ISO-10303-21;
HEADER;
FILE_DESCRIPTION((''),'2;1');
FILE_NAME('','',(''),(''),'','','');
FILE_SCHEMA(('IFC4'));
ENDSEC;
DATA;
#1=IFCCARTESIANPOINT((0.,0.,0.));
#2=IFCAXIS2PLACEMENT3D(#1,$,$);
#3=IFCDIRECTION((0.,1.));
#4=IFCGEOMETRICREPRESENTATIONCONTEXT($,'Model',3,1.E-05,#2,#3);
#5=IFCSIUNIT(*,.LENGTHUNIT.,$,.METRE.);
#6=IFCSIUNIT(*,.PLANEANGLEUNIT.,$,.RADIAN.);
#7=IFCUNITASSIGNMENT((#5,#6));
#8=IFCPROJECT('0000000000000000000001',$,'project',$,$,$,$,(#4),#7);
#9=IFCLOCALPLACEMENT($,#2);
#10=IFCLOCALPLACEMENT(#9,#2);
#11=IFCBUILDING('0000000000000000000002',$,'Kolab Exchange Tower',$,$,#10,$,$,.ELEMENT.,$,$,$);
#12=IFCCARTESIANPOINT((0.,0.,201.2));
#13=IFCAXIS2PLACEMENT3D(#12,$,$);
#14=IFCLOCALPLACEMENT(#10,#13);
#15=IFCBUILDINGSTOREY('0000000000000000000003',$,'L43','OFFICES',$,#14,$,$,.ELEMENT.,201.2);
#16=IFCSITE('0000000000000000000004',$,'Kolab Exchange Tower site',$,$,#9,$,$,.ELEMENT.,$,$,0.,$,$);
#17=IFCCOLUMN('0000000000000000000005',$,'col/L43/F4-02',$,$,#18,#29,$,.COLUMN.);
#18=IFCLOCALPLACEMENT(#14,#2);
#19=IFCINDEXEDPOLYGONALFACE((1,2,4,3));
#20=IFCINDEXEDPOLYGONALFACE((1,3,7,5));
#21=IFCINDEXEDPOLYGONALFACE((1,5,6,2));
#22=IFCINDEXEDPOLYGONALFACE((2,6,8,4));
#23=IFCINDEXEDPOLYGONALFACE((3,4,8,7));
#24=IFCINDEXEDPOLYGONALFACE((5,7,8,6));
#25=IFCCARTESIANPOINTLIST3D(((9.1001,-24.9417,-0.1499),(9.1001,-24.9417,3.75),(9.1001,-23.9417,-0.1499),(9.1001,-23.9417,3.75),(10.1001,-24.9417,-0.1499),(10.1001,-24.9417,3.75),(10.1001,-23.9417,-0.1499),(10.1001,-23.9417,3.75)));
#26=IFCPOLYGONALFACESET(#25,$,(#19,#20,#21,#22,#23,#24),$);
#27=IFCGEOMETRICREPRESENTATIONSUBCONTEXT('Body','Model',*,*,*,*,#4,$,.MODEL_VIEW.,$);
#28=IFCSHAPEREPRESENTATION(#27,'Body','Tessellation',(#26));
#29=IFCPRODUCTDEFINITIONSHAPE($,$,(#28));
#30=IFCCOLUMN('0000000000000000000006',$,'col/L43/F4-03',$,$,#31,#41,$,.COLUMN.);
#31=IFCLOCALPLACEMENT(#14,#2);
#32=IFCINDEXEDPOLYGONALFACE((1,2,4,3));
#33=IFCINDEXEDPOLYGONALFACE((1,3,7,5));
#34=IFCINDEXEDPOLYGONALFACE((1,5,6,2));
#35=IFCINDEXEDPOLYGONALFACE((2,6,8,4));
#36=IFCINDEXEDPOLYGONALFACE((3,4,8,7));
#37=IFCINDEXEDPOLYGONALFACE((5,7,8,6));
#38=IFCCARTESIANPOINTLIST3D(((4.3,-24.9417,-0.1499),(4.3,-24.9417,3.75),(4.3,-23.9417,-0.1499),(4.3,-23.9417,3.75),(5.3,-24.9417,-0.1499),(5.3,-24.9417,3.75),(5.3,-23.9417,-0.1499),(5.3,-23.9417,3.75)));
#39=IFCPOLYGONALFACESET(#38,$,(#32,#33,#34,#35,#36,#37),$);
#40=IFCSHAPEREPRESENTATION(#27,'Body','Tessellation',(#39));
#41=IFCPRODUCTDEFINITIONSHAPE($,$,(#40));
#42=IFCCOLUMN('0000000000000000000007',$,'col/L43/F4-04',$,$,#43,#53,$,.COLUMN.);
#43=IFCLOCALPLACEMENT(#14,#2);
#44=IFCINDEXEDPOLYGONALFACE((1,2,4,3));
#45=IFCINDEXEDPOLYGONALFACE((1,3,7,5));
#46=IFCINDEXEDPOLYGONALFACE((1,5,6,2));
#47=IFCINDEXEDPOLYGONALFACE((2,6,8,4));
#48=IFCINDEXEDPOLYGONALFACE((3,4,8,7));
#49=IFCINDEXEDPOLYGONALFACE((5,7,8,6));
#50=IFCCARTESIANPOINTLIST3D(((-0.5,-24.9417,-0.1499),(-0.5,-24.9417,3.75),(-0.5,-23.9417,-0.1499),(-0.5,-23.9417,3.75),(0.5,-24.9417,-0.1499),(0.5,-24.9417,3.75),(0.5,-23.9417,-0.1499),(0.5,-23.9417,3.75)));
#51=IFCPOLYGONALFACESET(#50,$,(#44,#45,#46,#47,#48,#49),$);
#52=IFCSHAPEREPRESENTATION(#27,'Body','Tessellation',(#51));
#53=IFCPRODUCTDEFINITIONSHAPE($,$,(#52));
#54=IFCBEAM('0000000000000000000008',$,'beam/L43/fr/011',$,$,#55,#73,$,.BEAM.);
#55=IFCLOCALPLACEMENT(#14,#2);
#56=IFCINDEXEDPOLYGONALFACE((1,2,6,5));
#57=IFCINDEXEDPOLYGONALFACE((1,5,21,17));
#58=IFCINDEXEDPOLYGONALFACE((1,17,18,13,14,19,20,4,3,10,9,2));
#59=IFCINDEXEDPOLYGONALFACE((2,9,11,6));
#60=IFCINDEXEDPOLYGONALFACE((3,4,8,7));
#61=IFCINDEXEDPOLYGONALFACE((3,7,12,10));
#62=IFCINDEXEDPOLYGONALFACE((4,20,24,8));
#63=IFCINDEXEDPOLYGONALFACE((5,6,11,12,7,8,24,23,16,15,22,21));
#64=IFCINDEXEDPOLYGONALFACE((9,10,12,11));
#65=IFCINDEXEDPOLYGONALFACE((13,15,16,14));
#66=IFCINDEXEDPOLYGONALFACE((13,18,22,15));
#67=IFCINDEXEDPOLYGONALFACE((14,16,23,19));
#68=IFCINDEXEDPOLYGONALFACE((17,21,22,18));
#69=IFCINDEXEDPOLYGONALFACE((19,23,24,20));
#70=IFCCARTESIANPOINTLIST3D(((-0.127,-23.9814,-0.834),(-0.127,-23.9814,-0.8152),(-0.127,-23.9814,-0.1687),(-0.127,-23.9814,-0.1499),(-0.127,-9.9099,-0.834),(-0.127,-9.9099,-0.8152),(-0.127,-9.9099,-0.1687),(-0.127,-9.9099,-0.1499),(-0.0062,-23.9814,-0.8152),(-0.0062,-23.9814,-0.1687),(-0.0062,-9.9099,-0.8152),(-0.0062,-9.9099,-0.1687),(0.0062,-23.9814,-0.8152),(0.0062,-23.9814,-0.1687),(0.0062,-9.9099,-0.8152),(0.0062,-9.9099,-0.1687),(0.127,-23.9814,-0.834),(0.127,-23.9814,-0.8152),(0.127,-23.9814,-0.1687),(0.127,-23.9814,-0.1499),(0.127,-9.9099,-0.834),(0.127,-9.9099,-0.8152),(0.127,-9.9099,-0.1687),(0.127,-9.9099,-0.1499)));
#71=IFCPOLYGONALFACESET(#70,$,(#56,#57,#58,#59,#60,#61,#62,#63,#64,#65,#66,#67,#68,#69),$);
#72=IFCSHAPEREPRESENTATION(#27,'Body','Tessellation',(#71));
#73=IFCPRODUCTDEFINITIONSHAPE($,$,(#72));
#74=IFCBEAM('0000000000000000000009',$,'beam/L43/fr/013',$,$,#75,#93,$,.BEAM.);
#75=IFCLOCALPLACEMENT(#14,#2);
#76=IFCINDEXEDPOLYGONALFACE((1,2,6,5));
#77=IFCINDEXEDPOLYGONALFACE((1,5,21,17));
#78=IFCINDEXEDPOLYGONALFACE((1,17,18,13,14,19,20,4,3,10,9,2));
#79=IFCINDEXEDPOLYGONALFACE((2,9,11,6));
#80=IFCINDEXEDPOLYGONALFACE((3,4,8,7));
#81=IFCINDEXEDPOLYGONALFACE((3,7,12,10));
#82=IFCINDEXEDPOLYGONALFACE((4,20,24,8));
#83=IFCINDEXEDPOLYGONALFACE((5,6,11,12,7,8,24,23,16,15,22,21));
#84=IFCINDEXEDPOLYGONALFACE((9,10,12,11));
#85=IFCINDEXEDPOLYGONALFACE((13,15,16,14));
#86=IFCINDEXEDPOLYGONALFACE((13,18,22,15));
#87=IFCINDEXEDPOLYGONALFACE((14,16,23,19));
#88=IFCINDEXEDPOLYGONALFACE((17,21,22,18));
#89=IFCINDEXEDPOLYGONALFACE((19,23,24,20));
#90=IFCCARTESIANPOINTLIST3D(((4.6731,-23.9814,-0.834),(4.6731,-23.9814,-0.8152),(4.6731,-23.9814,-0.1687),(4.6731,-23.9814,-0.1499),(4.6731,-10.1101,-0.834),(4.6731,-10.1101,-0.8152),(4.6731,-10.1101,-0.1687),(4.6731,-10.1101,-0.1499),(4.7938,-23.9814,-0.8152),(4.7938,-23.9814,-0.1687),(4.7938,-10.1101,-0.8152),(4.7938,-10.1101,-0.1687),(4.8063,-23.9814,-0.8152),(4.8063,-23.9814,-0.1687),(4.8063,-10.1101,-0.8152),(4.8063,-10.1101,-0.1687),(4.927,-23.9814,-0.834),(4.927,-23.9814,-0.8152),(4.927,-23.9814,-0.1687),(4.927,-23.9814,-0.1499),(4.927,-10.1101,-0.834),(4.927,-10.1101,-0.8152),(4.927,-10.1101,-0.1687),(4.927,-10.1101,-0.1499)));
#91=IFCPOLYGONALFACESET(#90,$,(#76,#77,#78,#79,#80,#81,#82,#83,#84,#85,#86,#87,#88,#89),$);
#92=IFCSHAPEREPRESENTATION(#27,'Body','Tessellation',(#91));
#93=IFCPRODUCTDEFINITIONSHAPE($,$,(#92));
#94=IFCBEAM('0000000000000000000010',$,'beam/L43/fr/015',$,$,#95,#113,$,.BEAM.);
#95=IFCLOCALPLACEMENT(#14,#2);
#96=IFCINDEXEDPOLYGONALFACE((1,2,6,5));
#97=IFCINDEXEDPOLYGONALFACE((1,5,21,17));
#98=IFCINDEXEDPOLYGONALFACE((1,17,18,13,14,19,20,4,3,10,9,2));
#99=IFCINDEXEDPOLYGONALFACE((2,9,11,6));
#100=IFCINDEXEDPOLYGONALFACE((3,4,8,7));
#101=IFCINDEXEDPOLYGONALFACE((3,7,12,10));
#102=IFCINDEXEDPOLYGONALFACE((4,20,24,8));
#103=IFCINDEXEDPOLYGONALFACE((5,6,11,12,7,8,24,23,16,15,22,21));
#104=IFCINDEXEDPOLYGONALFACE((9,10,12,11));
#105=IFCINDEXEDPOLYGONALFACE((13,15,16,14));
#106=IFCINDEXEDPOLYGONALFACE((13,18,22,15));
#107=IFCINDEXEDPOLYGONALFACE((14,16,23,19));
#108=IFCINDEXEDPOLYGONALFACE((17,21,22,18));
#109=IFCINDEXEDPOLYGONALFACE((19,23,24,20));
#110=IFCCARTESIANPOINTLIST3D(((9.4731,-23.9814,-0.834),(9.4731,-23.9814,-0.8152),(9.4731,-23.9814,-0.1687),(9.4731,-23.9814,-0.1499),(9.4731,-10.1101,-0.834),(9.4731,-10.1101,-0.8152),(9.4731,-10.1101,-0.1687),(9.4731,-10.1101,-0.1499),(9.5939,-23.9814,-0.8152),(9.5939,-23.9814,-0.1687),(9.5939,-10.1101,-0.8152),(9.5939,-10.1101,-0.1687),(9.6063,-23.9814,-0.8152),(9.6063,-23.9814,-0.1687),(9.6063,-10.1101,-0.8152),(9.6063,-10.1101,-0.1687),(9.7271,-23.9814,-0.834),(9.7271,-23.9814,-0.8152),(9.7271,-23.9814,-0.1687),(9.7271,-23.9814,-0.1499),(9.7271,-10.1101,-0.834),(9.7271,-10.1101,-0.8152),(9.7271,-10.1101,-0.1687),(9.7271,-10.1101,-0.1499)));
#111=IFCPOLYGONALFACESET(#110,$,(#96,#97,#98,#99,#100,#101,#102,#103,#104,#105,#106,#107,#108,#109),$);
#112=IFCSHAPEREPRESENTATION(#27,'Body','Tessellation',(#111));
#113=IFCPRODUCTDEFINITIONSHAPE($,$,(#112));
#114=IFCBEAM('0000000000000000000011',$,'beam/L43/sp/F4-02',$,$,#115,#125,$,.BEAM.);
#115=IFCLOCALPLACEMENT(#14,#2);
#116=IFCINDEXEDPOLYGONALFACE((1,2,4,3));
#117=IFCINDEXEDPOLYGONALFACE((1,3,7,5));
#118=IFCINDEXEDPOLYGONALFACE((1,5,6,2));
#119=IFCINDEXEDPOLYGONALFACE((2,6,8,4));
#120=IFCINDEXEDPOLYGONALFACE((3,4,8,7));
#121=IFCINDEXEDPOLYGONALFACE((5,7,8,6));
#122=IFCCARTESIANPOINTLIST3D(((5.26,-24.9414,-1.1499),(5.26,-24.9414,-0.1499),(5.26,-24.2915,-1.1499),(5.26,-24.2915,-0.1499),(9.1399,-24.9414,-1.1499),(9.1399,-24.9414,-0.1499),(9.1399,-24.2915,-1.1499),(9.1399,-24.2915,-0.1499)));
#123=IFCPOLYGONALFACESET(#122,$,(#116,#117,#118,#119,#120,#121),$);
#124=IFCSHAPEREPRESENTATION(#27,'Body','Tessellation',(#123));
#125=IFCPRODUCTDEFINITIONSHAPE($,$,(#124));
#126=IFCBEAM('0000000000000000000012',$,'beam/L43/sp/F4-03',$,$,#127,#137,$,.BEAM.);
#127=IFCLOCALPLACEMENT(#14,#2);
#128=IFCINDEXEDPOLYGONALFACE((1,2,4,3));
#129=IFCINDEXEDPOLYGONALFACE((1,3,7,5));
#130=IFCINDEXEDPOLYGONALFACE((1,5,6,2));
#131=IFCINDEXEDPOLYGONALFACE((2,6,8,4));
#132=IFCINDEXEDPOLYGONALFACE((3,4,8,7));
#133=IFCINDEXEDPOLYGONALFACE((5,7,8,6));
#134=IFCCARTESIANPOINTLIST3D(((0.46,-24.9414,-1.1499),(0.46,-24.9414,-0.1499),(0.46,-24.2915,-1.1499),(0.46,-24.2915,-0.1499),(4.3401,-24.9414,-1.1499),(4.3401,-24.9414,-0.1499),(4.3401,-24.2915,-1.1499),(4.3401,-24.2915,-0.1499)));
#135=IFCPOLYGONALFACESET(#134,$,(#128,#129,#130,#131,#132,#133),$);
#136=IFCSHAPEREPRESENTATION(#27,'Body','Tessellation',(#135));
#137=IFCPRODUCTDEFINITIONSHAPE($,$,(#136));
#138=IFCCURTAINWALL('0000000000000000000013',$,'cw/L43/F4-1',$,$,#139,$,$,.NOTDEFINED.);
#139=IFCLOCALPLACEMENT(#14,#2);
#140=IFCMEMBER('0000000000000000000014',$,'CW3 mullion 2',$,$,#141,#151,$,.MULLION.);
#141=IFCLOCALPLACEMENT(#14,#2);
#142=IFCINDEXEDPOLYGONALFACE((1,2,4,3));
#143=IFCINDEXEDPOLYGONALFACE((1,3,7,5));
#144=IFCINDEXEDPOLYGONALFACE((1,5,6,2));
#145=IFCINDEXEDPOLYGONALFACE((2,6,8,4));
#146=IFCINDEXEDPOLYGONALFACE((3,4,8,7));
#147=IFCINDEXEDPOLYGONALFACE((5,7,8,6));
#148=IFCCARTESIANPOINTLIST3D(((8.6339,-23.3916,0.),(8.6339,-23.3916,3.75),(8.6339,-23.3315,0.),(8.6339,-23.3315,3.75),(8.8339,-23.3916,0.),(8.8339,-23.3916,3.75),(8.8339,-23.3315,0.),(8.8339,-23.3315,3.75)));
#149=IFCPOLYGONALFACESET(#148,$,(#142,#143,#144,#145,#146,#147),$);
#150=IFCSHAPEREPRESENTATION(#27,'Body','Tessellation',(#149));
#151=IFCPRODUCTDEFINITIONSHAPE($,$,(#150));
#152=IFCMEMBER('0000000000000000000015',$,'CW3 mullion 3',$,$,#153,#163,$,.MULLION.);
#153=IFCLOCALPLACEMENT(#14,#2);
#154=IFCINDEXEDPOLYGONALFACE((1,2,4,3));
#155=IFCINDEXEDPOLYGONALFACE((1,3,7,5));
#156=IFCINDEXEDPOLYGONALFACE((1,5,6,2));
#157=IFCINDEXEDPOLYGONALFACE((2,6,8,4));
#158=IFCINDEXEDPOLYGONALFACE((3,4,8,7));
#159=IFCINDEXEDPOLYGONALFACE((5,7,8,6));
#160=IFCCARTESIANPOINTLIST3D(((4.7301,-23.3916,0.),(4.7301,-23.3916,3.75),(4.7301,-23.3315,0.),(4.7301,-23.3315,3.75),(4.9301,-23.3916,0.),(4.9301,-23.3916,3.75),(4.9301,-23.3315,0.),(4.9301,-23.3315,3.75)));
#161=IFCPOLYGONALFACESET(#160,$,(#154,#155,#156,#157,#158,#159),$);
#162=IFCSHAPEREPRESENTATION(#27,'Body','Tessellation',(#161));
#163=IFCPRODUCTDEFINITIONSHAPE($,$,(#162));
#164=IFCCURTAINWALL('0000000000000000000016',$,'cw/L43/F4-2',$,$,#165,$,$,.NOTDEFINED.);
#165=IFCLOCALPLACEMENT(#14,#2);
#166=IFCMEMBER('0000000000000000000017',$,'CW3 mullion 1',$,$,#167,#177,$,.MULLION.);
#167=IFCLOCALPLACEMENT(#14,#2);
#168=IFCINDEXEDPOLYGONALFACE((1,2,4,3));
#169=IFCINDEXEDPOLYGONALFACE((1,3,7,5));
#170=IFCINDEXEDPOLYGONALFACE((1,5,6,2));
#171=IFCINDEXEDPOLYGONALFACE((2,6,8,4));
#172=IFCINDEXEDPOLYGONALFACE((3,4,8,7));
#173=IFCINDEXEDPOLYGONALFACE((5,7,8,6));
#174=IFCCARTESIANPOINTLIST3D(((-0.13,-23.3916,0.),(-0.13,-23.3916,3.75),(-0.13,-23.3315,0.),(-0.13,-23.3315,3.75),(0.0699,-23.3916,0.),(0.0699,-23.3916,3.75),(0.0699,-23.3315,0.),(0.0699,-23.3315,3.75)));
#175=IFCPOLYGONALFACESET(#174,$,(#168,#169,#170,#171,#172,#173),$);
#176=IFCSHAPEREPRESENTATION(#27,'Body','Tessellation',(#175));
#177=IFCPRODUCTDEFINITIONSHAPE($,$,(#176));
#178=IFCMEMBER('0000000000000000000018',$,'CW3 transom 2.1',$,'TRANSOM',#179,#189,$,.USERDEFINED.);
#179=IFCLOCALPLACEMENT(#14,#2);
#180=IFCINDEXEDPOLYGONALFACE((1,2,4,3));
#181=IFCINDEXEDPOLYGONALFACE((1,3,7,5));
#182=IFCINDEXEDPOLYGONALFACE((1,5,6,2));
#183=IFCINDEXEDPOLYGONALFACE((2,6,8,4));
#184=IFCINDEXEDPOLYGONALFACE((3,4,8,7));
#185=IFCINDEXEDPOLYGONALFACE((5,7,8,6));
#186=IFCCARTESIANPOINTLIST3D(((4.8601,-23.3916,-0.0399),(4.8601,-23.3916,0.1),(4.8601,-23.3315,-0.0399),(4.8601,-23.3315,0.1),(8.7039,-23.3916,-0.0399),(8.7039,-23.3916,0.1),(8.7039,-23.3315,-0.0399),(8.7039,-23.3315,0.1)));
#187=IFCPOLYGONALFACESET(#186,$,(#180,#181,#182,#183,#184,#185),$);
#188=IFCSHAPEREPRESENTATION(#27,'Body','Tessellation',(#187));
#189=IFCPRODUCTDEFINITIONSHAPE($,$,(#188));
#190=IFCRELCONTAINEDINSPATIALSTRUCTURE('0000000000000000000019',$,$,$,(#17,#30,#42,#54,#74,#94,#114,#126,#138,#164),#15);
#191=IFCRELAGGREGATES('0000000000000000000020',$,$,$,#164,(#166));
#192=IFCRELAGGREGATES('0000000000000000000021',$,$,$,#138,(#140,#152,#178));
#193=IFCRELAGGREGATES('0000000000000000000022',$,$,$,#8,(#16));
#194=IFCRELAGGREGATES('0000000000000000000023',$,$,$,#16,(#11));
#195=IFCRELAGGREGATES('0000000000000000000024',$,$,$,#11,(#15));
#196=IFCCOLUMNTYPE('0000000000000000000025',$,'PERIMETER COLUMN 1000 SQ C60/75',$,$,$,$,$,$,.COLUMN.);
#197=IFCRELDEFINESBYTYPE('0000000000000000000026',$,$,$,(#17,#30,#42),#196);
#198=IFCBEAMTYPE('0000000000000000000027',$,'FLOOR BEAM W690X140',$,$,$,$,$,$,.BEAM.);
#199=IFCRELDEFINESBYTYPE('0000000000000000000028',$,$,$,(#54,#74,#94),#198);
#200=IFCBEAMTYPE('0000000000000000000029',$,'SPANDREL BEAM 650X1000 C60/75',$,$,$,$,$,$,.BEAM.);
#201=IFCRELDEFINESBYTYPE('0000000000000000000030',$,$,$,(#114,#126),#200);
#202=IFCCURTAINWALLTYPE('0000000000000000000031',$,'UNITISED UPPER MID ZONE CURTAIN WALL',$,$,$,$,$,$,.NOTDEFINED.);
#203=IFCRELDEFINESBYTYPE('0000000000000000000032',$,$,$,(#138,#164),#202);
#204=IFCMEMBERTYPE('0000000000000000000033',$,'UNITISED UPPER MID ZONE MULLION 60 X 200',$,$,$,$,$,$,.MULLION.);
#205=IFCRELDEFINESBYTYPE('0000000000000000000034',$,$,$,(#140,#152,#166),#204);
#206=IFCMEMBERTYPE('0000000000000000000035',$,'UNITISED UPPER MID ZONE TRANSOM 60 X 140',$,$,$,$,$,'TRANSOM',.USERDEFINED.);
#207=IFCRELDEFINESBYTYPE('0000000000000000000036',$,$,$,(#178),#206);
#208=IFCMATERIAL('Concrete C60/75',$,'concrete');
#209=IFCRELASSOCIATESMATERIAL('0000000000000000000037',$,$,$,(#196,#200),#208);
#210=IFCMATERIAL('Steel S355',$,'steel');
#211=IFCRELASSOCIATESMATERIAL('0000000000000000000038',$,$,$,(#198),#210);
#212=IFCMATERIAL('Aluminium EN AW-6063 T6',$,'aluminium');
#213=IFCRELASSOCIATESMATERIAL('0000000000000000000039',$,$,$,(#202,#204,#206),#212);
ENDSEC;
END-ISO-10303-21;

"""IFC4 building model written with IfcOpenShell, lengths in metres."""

from ifc_helpers import new_model, si_unit, direction, frame, origin, origin_2d, place, context, subcontext, project, spatial, rectangle, i_section, extrude, material, material_profile, profile_set, type_object, element, aggregate, save


model = new_model("IFC4")

# Units and contexts
model_context = context("Model", 3, precision=1e-05, world=origin(), true_north=direction((0.0, 1.0)))
body_context = subcontext(model_context, "Body", "Model", "MODEL_VIEW")
ifc_project = project(units=[si_unit("LENGTHUNIT", "METRE"), si_unit("PLANEANGLEUNIT", "RADIAN")], contexts=[model_context])

# Site, building, storey
site_placement = place(None, origin())
site = spatial("IfcSite", under=ifc_project, at=site_placement, Name="Kolab Exchange Tower site", CompositionType="ELEMENT", RefElevation=0.0)
building_placement = place(site_placement, origin())
building = spatial("IfcBuilding", under=site, at=building_placement, Name="Kolab Exchange Tower", CompositionType="ELEMENT")
storey_placement = place(building_placement, frame((0.0, 0.0, 201.2)))
storey = spatial("IfcBuildingStorey", under=building, at=storey_placement, Name="L43", Description="OFFICES", CompositionType="ELEMENT", Elevation=201.2)

# Columns
ifc_material_1 = material(Name="Concrete C60/75", Category="concrete")
ifc_material_profile_1 = material_profile(ifc_material_1, rectangle(XDim=1.0, YDim=1.0, at=origin_2d()), Name="RC1000")
ifc_profile_set_1 = profile_set([ifc_material_profile_1], Name="Concrete C60/75")
column_type = type_object("IfcColumnType", Name="PERIMETER COLUMN 1000 SQ C60/75", PredefinedType="COLUMN", material=ifc_profile_set_1)
for number, where, z_axis, x_axis, name in (
    (1, (9.6001, -24.4417, -0.1499), (0.0, 0.0, 1.0), (1.0, 0.0, 0.0), "col/L43/F4-02"),
    (2, (4.8, -24.4417, -0.1499), (0.0, 0.0, 1.0), (1.0, 0.0, 0.0), "col/L43/F4-03"),
    (3, (0.0, -24.4417, -0.1499), (0.0, 0.0, 1.0), (1.0, 0.0, 0.0), "col/L43/F4-04"),
):
    element("IfcColumn", number, at=place(storey_placement, frame(where, z_axis=z_axis, x_axis=x_axis)), inside=storey, type_object=column_type, Name=name, PredefinedType="COLUMN", context=body_context, shape_type="SweptSolid", body=[
        extrude(rectangle(XDim=1.0, YDim=1.0, at=origin_2d()), origin(), (0.0, 0.0, 1.0), 3.8999),
    ])

# Beams
ifc_material_2 = material(Name="Steel S355", Category="steel")
ifc_material_profile_2 = material_profile(ifc_material_2, i_section(OverallWidth=0.2539, OverallDepth=0.6841, WebThickness=0.0125, FlangeThickness=0.0188, at=origin_2d()), Name="W690X140")
ifc_profile_set_2 = profile_set([ifc_material_profile_2], Name="Steel S355")
beam_type_1 = type_object("IfcBeamType", Name="FLOOR BEAM W690X140", PredefinedType="BEAM", material=ifc_profile_set_2)
beam_1_placement = place(storey_placement, frame((0.0, -23.9814, -0.4919), z_axis=(0.0, 1.0, 0.0), x_axis=(-1.0, 0.0, 0.0)))
element("IfcBeam", 4, at=beam_1_placement, inside=storey, type_object=beam_type_1, Name="beam/L43/fr/011", PredefinedType="BEAM", context=body_context, shape_type="SweptSolid", body=[
    extrude(i_section(OverallWidth=0.2539, OverallDepth=0.6841, WebThickness=0.0125, FlangeThickness=0.0188, at=origin_2d()), origin(), (0.0, 0.0, 1.0), 14.0715),
])
for number, where, z_axis, x_axis, name in (
    (5, (4.8, -23.9814, -0.4919), (0.0, 1.0, 0.0), (-1.0, 0.0, 0.0), "beam/L43/fr/013"),
    (6, (9.6001, -23.9814, -0.4919), (0.0, 1.0, 0.0), (-1.0, 0.0, 0.0), "beam/L43/fr/015"),
):
    element("IfcBeam", number, at=place(storey_placement, frame(where, z_axis=z_axis, x_axis=x_axis)), inside=storey, type_object=beam_type_1, Name=name, PredefinedType="BEAM", context=body_context, shape_type="SweptSolid", body=[
        extrude(i_section(OverallWidth=0.2539, OverallDepth=0.6841, WebThickness=0.0125, FlangeThickness=0.0188, at=origin_2d()), origin(), (0.0, 0.0, 1.0), 13.8713),
    ])
ifc_material_profile_3 = material_profile(ifc_material_1, rectangle(XDim=0.6499, YDim=1.0, at=origin_2d()), Name="RC650X1000")
ifc_profile_set_3 = profile_set([ifc_material_profile_3], Name="Concrete C60/75")
beam_type_2 = type_object("IfcBeamType", Name="SPANDREL BEAM 650X1000 C60/75", PredefinedType="BEAM", material=ifc_profile_set_3)
beam_2_placement = place(storey_placement, frame((9.1399, -24.6165, -0.6499), z_axis=(-1.0, 0.0, 0.0), x_axis=(0.0, -1.0, 0.0)))
element("IfcBeam", 7, at=beam_2_placement, inside=storey, type_object=beam_type_2, Name="beam/L43/sp/F4-02", PredefinedType="BEAM", context=body_context, shape_type="SweptSolid", body=[
    extrude(rectangle(XDim=0.6499, YDim=1.0, at=origin_2d()), origin(), (0.0, 0.0, 1.0), 3.8799),
])
beam_3_placement = place(storey_placement, frame((4.3401, -24.6165, -0.6499), z_axis=(-1.0, 0.0, 0.0), x_axis=(0.0, -1.0, 0.0)))
element("IfcBeam", 8, at=beam_3_placement, inside=storey, type_object=beam_type_2, Name="beam/L43/sp/F4-03", PredefinedType="BEAM", context=body_context, shape_type="SweptSolid", body=[
    extrude(rectangle(XDim=0.6499, YDim=1.0, at=origin_2d()), origin(), (0.0, 0.0, 1.0), 3.8801),
])

# Curtain wall, members
ifc_material_3 = material(Name="Aluminium EN AW-6063 T6", Category="aluminium")
curtain_wall_type = type_object("IfcCurtainWallType", Name="UNITISED UPPER MID ZONE CURTAIN WALL", PredefinedType="NOTDEFINED", material=ifc_material_3)
curtain_wall_1_placement = place(storey_placement, origin())
curtain_wall_1 = element("IfcCurtainWall", 9, at=curtain_wall_1_placement, inside=storey, type_object=curtain_wall_type, Name="cw/L43/F4-1", PredefinedType="NOTDEFINED")
ifc_material_profile_4 = material_profile(ifc_material_3, rectangle(XDim=0.0601, YDim=0.2, at=origin_2d()), Name="RECT 60X200")
ifc_profile_set_4 = profile_set([ifc_material_profile_4], Name="Aluminium EN AW-6063 T6")
member_type_1 = type_object("IfcMemberType", Name="UNITISED UPPER MID ZONE MULLION 60 X 200", PredefinedType="MULLION", material=ifc_profile_set_4)
member_1_placement = place(storey_placement, frame((8.7339, -23.3616, 0.0), z_axis=(0.0, 0.0, 1.0), x_axis=(0.0, -1.0, 0.0)))
member_1 = element("IfcMember", 10, at=member_1_placement, type_object=member_type_1, Name="CW3 mullion 2", PredefinedType="MULLION", context=body_context, shape_type="SweptSolid", body=[
    extrude(rectangle(XDim=0.0601, YDim=0.2, at=origin_2d()), origin(), (0.0, 0.0, 1.0), 3.75),
])
member_2_placement = place(storey_placement, frame((4.8301, -23.3616, 0.0), z_axis=(0.0, 0.0, 1.0), x_axis=(0.0, -1.0, 0.0)))
member_2 = element("IfcMember", 11, at=member_2_placement, type_object=member_type_1, Name="CW3 mullion 3", PredefinedType="MULLION", context=body_context, shape_type="SweptSolid", body=[
    extrude(rectangle(XDim=0.0601, YDim=0.2, at=origin_2d()), origin(), (0.0, 0.0, 1.0), 3.75),
])

# Curtain wall, member
curtain_wall_2_placement = place(storey_placement, origin())
curtain_wall_2 = element("IfcCurtainWall", 12, at=curtain_wall_2_placement, inside=storey, type_object=curtain_wall_type, Name="cw/L43/F4-2", PredefinedType="NOTDEFINED")
member_3_placement = place(storey_placement, frame((-0.03, -23.3616, 0.0), z_axis=(0.0, 0.0, 1.0), x_axis=(0.0, -1.0, 0.0)))
member_3 = element("IfcMember", 13, at=member_3_placement, type_object=member_type_1, Name="CW3 mullion 1", PredefinedType="MULLION", context=body_context, shape_type="SweptSolid", body=[
    extrude(rectangle(XDim=0.0601, YDim=0.2, at=origin_2d()), origin(), (0.0, 0.0, 1.0), 3.75),
])

# Member
ifc_material_profile_5 = material_profile(ifc_material_3, rectangle(XDim=0.0601, YDim=0.1399, at=origin_2d()), Name="RECT 60X140")
ifc_profile_set_5 = profile_set([ifc_material_profile_5], Name="Aluminium EN AW-6063 T6")
member_type_2 = type_object("IfcMemberType", Name="UNITISED UPPER MID ZONE TRANSOM 60 X 140", ElementType="TRANSOM", PredefinedType="USERDEFINED", material=ifc_profile_set_5)
member_4_placement = place(storey_placement, frame((8.7039, -23.3616, 0.03), z_axis=(-1.0, 0.0, 0.0), x_axis=(0.0, -1.0, 0.0)))
member_4 = element("IfcMember", 14, at=member_4_placement, type_object=member_type_2, Name="CW3 transom 2.1", ObjectType="TRANSOM", PredefinedType="USERDEFINED", context=body_context, shape_type="SweptSolid", body=[
    extrude(rectangle(XDim=0.0601, YDim=0.1399, at=origin_2d()), origin(), (0.0, 0.0, 1.0), 3.8438),
])
aggregate(curtain_wall_2, [member_3])

aggregate(curtain_wall_1, [member_1, member_2, member_4])

save(model, "model.ifc")
